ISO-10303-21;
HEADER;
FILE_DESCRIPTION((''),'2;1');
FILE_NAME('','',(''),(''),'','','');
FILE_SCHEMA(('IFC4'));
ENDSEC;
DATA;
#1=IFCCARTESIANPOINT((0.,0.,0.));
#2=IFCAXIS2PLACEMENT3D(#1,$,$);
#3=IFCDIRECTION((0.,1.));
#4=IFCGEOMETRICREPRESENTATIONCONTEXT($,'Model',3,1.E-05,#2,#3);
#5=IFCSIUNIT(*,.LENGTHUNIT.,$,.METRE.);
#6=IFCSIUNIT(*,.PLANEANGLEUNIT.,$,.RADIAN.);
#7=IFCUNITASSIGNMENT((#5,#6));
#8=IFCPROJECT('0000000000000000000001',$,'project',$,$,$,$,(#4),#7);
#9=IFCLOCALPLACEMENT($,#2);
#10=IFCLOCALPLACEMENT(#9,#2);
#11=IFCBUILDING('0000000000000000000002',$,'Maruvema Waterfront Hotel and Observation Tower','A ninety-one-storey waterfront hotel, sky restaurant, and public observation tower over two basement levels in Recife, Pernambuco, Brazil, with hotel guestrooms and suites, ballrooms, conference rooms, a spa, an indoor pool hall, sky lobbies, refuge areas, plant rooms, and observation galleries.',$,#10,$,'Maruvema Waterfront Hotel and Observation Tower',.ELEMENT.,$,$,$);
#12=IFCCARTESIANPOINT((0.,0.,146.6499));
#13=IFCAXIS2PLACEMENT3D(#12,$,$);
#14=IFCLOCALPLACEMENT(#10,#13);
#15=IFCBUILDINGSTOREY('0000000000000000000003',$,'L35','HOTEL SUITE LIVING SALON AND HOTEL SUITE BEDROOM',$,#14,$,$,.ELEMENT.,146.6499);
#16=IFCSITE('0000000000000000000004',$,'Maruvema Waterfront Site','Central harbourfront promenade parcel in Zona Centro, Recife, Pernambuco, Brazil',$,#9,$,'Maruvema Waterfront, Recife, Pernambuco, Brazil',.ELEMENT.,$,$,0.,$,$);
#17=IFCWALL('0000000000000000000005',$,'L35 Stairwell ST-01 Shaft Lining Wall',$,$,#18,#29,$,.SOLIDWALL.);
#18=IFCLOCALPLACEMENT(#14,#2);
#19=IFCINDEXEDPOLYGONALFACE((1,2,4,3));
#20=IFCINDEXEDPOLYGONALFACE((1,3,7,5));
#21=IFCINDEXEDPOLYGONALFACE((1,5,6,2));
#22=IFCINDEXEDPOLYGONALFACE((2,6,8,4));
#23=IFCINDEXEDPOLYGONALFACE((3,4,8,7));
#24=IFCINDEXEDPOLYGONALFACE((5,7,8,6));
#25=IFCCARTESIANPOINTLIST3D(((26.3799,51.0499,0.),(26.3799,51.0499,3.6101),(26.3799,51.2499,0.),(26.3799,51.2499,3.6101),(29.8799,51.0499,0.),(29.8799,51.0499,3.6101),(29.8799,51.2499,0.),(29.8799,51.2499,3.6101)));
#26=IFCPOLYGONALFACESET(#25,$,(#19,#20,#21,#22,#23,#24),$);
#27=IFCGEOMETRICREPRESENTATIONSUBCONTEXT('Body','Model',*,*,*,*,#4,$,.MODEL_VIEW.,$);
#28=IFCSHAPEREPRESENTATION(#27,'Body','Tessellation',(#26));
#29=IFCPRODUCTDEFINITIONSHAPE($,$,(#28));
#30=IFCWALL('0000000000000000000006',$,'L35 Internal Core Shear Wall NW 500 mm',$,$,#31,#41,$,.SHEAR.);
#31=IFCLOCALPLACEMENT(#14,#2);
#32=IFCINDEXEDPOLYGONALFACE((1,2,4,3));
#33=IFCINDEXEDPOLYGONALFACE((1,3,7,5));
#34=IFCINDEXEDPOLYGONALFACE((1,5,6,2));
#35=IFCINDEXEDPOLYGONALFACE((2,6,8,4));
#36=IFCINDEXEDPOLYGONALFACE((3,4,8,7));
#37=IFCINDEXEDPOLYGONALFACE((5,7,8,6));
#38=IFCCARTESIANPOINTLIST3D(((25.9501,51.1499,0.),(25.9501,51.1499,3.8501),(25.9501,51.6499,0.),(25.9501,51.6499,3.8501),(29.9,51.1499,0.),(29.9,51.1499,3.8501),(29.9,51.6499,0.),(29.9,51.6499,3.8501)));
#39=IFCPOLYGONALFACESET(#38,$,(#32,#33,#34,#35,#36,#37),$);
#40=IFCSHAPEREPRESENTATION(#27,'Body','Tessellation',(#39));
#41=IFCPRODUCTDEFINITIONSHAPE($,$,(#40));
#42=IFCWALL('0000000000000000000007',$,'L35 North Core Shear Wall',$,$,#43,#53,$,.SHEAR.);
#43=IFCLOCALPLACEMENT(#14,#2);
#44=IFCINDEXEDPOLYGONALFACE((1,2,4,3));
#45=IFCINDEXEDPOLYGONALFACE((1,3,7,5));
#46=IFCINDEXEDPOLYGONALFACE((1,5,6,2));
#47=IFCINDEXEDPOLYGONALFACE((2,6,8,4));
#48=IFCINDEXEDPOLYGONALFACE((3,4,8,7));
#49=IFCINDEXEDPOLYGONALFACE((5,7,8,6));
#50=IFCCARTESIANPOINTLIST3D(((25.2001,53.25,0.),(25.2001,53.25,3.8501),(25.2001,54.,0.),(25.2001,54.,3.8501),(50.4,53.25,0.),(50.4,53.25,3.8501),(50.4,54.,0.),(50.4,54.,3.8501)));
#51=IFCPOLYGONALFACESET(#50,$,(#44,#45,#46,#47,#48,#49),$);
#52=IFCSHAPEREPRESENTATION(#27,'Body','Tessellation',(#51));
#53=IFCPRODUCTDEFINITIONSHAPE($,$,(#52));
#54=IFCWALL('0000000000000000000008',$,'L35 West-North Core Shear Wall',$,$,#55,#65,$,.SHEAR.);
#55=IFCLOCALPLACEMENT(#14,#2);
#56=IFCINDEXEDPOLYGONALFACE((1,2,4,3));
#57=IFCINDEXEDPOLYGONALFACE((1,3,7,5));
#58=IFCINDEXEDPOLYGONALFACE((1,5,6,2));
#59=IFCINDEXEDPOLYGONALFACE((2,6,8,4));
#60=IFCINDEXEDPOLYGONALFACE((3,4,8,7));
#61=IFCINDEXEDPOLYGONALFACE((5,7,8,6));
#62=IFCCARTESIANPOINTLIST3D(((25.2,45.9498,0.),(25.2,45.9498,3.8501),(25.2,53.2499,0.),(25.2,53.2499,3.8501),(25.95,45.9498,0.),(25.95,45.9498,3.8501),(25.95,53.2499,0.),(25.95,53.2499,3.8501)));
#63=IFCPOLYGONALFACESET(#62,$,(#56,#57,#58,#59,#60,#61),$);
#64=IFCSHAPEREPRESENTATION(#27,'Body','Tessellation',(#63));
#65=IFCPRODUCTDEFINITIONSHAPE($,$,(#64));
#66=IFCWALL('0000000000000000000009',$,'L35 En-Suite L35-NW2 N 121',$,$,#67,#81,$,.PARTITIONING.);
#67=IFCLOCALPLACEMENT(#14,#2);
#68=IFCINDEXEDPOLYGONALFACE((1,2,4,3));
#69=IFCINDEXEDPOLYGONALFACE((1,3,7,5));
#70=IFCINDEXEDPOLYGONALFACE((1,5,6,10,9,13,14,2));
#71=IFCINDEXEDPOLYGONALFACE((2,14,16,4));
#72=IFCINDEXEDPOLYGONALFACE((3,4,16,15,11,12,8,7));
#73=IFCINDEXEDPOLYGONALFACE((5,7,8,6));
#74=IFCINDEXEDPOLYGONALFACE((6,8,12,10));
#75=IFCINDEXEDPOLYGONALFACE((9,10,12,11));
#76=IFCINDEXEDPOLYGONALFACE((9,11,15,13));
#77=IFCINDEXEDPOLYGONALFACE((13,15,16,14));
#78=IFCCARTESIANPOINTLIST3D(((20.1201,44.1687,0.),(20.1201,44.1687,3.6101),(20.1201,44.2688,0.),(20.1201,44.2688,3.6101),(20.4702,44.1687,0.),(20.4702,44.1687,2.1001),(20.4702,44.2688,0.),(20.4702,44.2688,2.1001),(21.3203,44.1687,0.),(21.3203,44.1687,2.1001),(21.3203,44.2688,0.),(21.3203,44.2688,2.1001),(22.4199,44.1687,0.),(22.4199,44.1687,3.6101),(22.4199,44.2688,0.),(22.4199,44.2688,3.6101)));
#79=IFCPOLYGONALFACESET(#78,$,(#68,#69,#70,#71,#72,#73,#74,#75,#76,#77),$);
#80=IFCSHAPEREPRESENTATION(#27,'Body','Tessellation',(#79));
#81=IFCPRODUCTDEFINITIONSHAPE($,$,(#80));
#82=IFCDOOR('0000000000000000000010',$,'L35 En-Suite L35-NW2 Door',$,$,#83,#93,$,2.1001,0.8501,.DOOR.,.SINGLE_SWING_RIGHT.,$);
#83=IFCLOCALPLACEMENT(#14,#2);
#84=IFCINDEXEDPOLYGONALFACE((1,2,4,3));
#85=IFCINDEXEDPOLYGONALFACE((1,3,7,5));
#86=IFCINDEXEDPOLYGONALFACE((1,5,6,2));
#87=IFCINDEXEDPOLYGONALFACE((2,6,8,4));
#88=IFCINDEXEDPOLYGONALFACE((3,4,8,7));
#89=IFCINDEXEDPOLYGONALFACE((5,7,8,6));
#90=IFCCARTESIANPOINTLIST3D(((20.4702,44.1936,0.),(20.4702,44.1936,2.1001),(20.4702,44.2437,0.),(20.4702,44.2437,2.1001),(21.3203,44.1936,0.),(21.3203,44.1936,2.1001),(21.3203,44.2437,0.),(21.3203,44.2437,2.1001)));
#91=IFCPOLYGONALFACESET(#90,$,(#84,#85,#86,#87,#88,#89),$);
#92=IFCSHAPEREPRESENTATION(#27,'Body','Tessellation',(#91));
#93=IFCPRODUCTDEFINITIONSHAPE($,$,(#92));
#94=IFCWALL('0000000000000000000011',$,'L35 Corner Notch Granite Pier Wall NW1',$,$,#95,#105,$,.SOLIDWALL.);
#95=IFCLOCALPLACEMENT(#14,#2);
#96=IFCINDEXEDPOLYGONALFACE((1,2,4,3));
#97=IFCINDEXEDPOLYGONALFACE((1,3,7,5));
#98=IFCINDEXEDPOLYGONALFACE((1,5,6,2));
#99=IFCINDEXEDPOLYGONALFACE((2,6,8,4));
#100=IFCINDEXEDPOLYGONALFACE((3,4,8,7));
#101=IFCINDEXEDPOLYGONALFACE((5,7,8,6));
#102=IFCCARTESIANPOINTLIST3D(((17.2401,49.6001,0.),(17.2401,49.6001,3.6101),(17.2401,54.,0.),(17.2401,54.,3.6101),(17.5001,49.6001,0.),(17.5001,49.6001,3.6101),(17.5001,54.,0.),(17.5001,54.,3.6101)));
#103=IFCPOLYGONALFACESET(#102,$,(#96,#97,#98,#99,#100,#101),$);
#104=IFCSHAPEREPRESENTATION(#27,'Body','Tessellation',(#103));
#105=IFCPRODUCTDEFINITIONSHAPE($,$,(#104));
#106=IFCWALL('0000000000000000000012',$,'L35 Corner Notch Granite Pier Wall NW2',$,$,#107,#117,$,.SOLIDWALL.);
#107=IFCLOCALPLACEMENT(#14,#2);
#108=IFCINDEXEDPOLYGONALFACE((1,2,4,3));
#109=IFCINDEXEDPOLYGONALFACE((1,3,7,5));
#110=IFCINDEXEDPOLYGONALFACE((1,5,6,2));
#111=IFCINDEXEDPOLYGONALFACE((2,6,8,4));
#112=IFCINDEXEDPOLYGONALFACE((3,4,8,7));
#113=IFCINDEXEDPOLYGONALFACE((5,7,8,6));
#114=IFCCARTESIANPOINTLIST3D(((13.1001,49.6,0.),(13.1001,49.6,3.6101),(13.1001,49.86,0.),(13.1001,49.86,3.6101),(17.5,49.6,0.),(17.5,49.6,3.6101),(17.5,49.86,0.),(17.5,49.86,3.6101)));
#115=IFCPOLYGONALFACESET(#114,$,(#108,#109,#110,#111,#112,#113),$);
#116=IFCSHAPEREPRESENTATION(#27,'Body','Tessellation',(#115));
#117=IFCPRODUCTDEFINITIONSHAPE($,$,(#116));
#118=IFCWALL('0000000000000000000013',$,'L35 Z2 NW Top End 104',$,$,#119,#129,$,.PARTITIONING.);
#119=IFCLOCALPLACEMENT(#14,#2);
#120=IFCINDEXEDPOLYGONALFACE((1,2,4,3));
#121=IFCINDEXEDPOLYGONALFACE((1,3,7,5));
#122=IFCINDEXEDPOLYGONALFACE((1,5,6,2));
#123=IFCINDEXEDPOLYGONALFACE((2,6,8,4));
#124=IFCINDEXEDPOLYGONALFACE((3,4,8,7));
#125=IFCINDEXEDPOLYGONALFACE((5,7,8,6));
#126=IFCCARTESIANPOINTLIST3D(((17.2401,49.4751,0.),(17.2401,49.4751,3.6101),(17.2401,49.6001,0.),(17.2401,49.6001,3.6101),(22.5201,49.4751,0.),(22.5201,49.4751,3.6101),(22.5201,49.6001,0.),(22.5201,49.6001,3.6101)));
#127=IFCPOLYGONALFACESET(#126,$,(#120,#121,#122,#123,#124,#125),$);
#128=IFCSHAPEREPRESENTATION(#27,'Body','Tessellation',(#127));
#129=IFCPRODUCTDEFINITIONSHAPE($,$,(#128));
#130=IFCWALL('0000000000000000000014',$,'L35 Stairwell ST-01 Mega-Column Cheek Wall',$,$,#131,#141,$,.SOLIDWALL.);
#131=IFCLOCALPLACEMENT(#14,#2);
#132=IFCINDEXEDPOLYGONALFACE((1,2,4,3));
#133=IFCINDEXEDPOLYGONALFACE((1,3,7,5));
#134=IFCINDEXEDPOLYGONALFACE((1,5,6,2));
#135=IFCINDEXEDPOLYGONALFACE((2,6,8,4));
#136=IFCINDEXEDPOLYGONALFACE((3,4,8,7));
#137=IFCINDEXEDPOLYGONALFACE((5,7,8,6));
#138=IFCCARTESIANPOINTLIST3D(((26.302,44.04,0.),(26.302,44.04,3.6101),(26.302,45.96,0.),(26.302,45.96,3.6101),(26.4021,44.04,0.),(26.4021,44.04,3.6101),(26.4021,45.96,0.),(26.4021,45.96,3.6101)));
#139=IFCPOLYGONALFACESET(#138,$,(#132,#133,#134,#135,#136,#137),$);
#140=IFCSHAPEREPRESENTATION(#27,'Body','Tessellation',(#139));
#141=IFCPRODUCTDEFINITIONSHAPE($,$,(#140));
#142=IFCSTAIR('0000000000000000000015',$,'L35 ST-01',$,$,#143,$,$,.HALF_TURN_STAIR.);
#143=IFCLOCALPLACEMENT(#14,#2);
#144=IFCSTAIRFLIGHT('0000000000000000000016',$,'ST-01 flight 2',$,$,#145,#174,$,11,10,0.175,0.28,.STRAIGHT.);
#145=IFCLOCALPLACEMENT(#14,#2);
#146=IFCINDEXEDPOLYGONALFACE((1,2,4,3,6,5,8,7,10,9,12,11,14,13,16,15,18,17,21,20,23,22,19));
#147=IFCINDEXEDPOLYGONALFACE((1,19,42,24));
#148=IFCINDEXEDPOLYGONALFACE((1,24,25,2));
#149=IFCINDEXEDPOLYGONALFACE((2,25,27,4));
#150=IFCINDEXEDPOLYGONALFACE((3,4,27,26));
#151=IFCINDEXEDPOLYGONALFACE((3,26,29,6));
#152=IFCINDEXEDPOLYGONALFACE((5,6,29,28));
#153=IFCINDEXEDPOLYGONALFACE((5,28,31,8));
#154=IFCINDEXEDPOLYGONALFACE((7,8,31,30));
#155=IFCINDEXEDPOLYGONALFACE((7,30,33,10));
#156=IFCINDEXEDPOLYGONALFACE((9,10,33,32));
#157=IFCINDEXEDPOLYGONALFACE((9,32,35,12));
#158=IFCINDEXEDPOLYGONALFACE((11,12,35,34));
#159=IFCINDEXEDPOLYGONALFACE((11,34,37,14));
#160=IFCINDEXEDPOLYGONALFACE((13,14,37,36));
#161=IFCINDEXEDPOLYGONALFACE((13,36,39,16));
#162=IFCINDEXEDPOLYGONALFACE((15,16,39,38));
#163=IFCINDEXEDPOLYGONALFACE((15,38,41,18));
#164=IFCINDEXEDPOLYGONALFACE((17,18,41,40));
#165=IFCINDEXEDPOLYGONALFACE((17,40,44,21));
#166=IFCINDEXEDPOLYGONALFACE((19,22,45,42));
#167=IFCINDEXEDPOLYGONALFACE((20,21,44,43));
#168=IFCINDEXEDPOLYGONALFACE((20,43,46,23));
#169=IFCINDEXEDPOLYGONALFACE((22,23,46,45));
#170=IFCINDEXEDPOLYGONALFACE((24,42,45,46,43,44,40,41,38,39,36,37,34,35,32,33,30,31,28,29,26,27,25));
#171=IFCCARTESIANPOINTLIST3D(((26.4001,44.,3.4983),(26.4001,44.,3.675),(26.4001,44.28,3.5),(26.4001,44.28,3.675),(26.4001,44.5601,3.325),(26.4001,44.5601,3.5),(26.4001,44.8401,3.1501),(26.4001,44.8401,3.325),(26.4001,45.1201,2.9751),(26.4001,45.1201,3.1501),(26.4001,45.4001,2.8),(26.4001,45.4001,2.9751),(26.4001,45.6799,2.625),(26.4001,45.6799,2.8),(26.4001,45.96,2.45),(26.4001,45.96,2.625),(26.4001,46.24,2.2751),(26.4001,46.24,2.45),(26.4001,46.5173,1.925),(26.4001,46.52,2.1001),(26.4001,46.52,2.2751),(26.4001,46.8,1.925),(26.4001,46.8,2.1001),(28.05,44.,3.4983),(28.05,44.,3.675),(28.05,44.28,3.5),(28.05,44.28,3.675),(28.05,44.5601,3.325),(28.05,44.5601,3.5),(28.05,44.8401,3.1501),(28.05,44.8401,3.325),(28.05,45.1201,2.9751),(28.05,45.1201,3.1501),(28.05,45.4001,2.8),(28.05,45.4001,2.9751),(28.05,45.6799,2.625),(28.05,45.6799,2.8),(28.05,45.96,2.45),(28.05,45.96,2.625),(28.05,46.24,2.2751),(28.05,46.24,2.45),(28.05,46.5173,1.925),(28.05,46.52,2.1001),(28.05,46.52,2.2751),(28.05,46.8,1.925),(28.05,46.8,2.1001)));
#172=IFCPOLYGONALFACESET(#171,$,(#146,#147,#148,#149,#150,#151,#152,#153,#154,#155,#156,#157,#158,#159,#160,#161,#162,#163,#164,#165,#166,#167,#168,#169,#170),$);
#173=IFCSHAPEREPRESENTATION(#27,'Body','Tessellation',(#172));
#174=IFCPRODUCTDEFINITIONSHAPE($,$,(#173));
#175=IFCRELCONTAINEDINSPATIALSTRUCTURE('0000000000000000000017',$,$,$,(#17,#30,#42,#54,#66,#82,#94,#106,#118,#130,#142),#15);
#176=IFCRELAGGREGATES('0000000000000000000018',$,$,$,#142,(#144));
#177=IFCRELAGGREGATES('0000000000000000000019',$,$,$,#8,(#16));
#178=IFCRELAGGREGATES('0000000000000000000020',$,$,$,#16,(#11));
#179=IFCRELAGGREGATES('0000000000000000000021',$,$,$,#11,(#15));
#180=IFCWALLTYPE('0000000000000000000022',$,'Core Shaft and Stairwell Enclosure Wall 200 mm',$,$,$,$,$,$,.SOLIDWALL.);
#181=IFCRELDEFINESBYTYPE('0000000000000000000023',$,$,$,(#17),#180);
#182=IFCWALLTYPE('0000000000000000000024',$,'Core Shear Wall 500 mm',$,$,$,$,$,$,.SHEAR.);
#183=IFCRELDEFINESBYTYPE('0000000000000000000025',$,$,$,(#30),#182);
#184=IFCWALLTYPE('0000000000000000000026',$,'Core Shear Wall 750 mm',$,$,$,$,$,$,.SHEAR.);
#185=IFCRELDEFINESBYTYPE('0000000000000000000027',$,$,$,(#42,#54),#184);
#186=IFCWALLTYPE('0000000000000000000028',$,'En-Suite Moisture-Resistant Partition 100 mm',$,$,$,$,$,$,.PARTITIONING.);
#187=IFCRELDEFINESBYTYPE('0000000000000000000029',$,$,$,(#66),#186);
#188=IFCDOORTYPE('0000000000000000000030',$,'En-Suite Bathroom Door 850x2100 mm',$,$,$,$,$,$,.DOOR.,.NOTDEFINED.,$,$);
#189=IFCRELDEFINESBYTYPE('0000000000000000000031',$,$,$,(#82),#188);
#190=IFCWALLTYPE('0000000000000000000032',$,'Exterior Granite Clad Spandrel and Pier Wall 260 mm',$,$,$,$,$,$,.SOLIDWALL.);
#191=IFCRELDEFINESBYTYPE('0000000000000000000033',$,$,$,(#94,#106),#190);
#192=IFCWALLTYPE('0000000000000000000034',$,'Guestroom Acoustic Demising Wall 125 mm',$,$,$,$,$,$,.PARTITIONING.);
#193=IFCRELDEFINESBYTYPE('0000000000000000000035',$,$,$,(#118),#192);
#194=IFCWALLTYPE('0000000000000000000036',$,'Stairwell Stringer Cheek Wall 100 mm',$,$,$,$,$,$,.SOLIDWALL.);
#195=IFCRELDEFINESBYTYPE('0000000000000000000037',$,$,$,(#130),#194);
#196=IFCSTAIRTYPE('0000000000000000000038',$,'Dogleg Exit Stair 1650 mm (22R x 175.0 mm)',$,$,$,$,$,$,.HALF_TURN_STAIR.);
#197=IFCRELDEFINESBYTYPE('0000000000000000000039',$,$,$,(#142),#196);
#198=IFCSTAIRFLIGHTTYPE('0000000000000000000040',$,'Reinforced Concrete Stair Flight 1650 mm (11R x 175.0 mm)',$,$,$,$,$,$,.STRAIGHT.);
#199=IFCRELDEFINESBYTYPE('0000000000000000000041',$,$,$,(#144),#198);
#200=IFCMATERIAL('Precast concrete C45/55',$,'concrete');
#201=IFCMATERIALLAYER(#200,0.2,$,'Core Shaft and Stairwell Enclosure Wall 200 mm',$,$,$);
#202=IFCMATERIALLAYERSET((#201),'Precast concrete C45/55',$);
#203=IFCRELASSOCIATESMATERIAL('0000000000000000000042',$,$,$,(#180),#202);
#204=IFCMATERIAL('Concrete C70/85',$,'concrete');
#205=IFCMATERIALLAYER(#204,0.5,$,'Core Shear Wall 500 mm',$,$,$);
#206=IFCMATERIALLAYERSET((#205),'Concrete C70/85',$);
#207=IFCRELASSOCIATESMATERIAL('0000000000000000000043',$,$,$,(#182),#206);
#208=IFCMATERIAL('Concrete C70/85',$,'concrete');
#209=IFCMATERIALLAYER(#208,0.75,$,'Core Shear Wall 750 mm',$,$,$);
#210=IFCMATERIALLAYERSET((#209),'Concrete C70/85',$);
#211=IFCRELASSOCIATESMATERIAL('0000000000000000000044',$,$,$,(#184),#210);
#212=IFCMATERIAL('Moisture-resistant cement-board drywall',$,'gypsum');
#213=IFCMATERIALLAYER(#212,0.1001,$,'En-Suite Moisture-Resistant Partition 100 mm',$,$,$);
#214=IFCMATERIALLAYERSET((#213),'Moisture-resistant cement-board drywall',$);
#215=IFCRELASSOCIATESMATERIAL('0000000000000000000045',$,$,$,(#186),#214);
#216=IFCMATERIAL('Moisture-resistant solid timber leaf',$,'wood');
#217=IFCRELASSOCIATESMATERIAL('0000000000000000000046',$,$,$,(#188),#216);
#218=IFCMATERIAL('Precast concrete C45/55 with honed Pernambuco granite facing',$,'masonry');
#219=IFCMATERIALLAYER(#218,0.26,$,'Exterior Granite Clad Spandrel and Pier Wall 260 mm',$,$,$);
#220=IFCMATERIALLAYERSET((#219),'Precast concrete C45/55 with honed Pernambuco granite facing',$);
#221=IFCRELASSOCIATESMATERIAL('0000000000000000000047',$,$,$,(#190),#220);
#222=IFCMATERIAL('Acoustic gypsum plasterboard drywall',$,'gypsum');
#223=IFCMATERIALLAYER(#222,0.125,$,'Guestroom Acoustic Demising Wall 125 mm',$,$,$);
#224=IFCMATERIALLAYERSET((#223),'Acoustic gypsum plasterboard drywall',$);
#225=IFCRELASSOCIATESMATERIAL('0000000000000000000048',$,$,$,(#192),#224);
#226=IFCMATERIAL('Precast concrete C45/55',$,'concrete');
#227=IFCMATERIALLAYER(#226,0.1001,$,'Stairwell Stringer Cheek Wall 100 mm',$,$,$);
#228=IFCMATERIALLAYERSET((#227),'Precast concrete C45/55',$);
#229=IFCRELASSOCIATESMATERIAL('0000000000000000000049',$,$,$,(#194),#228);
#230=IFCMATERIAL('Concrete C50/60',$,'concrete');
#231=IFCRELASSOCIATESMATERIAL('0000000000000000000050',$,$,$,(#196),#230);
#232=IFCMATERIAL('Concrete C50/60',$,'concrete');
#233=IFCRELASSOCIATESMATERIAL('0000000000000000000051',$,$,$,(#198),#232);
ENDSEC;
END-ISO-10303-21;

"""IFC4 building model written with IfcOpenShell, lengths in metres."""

from ifc_helpers import new_model, si_unit, direction, frame, frame_2d, origin, place, context, subcontext, project, spatial, polyline, rectangle, outline, extrude, material, layer, layer_set, type_object, element, fill, aggregate, save


model = new_model("IFC4")

# Units and contexts
model_context = context("Model", 3, precision=1e-05, world=origin(), true_north=direction((0.0, 1.0)))
body_context = subcontext(model_context, "Body", "Model", "MODEL_VIEW")
ifc_project = project(units=[si_unit("LENGTHUNIT", "METRE"), si_unit("PLANEANGLEUNIT", "RADIAN")], contexts=[model_context])

# Site, building, storey
site_placement = place(None, origin())
site = spatial("IfcSite", under=ifc_project, at=site_placement, Name="Maruvema Waterfront Site", Description="Central harbourfront promenade parcel in Zona Centro, Recife, Pernambuco, Brazil", LongName="Maruvema Waterfront, Recife, Pernambuco, Brazil", CompositionType="ELEMENT", RefElevation=0.0)
building_placement = place(site_placement, origin())
building = spatial("IfcBuilding", under=site, at=building_placement, Name="Maruvema Waterfront Hotel and Observation Tower", Description="A ninety-one-storey waterfront hotel, sky restaurant, and public observation tower over two basement levels in Recife, Pernambuco, Brazil, with hotel guestrooms and suites, ballrooms, conference rooms, a spa, an indoor pool hall, sky lobbies, refuge areas, plant rooms, and observation galleries.", LongName="Maruvema Waterfront Hotel and Observation Tower", CompositionType="ELEMENT")
storey_placement = place(building_placement, frame((0.0, 0.0, 146.6499)))
storey = spatial("IfcBuildingStorey", under=building, at=storey_placement, Name="L35", Description="HOTEL SUITE LIVING SALON AND HOTEL SUITE BEDROOM", CompositionType="ELEMENT", Elevation=146.6499)

# Walls
ifc_material_1 = material(Name="Precast concrete C45/55", Category="concrete")
ifc_layer_1 = layer(ifc_material_1, 0.2, Name="Core Shaft and Stairwell Enclosure Wall 200 mm")
ifc_layer_set_1 = layer_set([ifc_layer_1], Name="Precast concrete C45/55")
wall_type_1 = type_object("IfcWallType", Name="Core Shaft and Stairwell Enclosure Wall 200 mm", PredefinedType="SOLIDWALL", material=ifc_layer_set_1)
wall_1_placement = place(storey_placement, frame((26.3799, 51.1499, 0.0), z_axis=(0.0, 0.0, 1.0), x_axis=(1.0, 0.0, 0.0)))
element("IfcWall", 1, at=wall_1_placement, inside=storey, type_object=wall_type_1, Name="L35 Stairwell ST-01 Shaft Lining Wall", PredefinedType="SOLIDWALL", context=body_context, shape_type="SweptSolid", body=[
    extrude(rectangle(XDim=3.5, YDim=0.2, at=frame_2d((1.75, 0.0))), origin(), (0.0, 0.0, 1.0), 3.6101),
])
ifc_material_2 = material(Name="Concrete C70/85", Category="concrete")
ifc_layer_2 = layer(ifc_material_2, 0.5, Name="Core Shear Wall 500 mm")
ifc_layer_set_2 = layer_set([ifc_layer_2], Name="Concrete C70/85")
wall_type_2 = type_object("IfcWallType", Name="Core Shear Wall 500 mm", PredefinedType="SHEAR", material=ifc_layer_set_2)
wall_2_placement = place(storey_placement, frame((25.95, 51.3999, 0.0), z_axis=(0.0, 0.0, 1.0), x_axis=(1.0, 0.0, 0.0)))
element("IfcWall", 2, at=wall_2_placement, inside=storey, type_object=wall_type_2, Name="L35 Internal Core Shear Wall NW 500 mm", PredefinedType="SHEAR", context=body_context, shape_type="SweptSolid", body=[
    extrude(rectangle(XDim=3.95, YDim=0.5, at=frame_2d((1.9751, 0.0))), origin(), (0.0, 0.0, 1.0), 3.8501),
])
ifc_material_3 = material(Name="Concrete C70/85", Category="concrete")
ifc_layer_3 = layer(ifc_material_3, 0.75, Name="Core Shear Wall 750 mm")
ifc_layer_set_3 = layer_set([ifc_layer_3], Name="Concrete C70/85")
wall_type_3 = type_object("IfcWallType", Name="Core Shear Wall 750 mm", PredefinedType="SHEAR", material=ifc_layer_set_3)
wall_3_placement = place(storey_placement, frame((25.2, 53.625, 0.0), z_axis=(0.0, 0.0, 1.0), x_axis=(1.0, 0.0, 0.0)))
element("IfcWall", 3, at=wall_3_placement, inside=storey, type_object=wall_type_3, Name="L35 North Core Shear Wall", PredefinedType="SHEAR", context=body_context, shape_type="SweptSolid", body=[
    extrude(rectangle(XDim=25.2, YDim=0.75, at=frame_2d((12.6001, 0.0))), origin(), (0.0, 0.0, 1.0), 3.8501),
])
wall_4_placement = place(storey_placement, frame((25.575, 45.95, 0.0), z_axis=(0.0, 0.0, 1.0), x_axis=(0.0, 1.0, 0.0)))
element("IfcWall", 4, at=wall_4_placement, inside=storey, type_object=wall_type_3, Name="L35 West-North Core Shear Wall", PredefinedType="SHEAR", context=body_context, shape_type="SweptSolid", body=[
    extrude(rectangle(XDim=7.3, YDim=0.75, at=frame_2d((3.6499, 0.0))), origin(), (0.0, 0.0, 1.0), 3.8501),
])

# Wall, opening, door
ifc_material_4 = material(Name="Moisture-resistant cement-board drywall", Category="gypsum")
ifc_layer_4 = layer(ifc_material_4, 0.1001, Name="En-Suite Moisture-Resistant Partition 100 mm")
ifc_layer_set_4 = layer_set([ifc_layer_4], Name="Moisture-resistant cement-board drywall")
wall_type_4 = type_object("IfcWallType", Name="En-Suite Moisture-Resistant Partition 100 mm", PredefinedType="PARTITIONING", material=ifc_layer_set_4)
wall_5_placement = place(storey_placement, frame((20.1201, 44.2188, 0.0), z_axis=(0.0, 0.0, 1.0), x_axis=(1.0, 0.0, 0.0)))
wall_5 = element("IfcWall", 5, at=wall_5_placement, inside=storey, type_object=wall_type_4, Name="L35 En-Suite L35-NW2 N 121", PredefinedType="PARTITIONING", context=body_context, shape_type="SweptSolid", body=[
    extrude(rectangle(XDim=2.2998, YDim=0.1001, at=frame_2d((1.1499, 0.0))), origin(), (0.0, 0.0, 1.0), 3.6101),
])
opening_1_placement = place(wall_5_placement, frame((0.3501, 0.0, 0.0)))
opening_1 = element("IfcOpeningElement", 6, at=opening_1_placement, cuts=wall_5, PredefinedType="OPENING", context=body_context, shape_type="SweptSolid", body=[
    extrude(rectangle(XDim=0.8501, YDim=2.1001, at=frame_2d((0.425, 1.05))), frame((0.0, 0.0601, 0.0), z_axis=(0.0, -1.0, 0.0), x_axis=(1.0, 0.0, 0.0)), (0.0, 0.0, 1.0), 0.1201),
])
ifc_material_5 = material(Name="Moisture-resistant solid timber leaf", Category="wood")
door_type_1 = type_object("IfcDoorType", Name="En-Suite Bathroom Door 850x2100 mm", OperationType="NOTDEFINED", PredefinedType="DOOR", material=ifc_material_5)
door_1_placement = place(opening_1_placement, origin())
door_1 = element("IfcDoor", 7, at=door_1_placement, inside=storey, type_object=door_type_1, Name="L35 En-Suite L35-NW2 Door", OperationType="SINGLE_SWING_RIGHT", OverallHeight=2.1001, OverallWidth=0.8501, PredefinedType="DOOR", context=body_context, shape_type="SweptSolid", body=[
    extrude(rectangle(XDim=0.8501, YDim=2.1001, at=frame_2d((0.425, 1.05))), frame((0.0, 0.0249, 0.0), z_axis=(0.0, -1.0, 0.0), x_axis=(1.0, 0.0, 0.0)), (0.0, 0.0, 1.0), 0.05),
])
fill(opening_1, door_1)

# Walls
ifc_material_6 = material(Name="Precast concrete C45/55 with honed Pernambuco granite facing", Category="masonry")
ifc_layer_5 = layer(ifc_material_6, 0.26, Name="Exterior Granite Clad Spandrel and Pier Wall 260 mm")
ifc_layer_set_5 = layer_set([ifc_layer_5], Name="Precast concrete C45/55 with honed Pernambuco granite facing")
wall_type_5 = type_object("IfcWallType", Name="Exterior Granite Clad Spandrel and Pier Wall 260 mm", PredefinedType="SOLIDWALL", material=ifc_layer_set_5)
for number, where, z_axis, x_axis, name in (
    (8, (17.3701, 49.6001, 0.0), (0.0, 0.0, 1.0), (0.0, 1.0, 0.0), "L35 Corner Notch Granite Pier Wall NW1"),
    (9, (13.1001, 49.73, 0.0), (0.0, 0.0, 1.0), (1.0, 0.0, 0.0), "L35 Corner Notch Granite Pier Wall NW2"),
):
    element("IfcWall", number, at=place(storey_placement, frame(where, z_axis=z_axis, x_axis=x_axis)), inside=storey, type_object=wall_type_5, Name=name, PredefinedType="SOLIDWALL", context=body_context, shape_type="SweptSolid", body=[
        extrude(rectangle(XDim=4.3999, YDim=0.26, at=frame_2d((2.2, 0.0))), origin(), (0.0, 0.0, 1.0), 3.6101),
    ])
ifc_material_7 = material(Name="Acoustic gypsum plasterboard drywall", Category="gypsum")
ifc_layer_6 = layer(ifc_material_7, 0.125, Name="Guestroom Acoustic Demising Wall 125 mm")
ifc_layer_set_6 = layer_set([ifc_layer_6], Name="Acoustic gypsum plasterboard drywall")
wall_type_6 = type_object("IfcWallType", Name="Guestroom Acoustic Demising Wall 125 mm", PredefinedType="PARTITIONING", material=ifc_layer_set_6)
wall_6_placement = place(storey_placement, frame((17.24, 49.5376, 0.0), z_axis=(0.0, 0.0, 1.0), x_axis=(1.0, 0.0, 0.0)))
element("IfcWall", 10, at=wall_6_placement, inside=storey, type_object=wall_type_6, Name="L35 Z2 NW Top End 104", PredefinedType="PARTITIONING", context=body_context, shape_type="SweptSolid", body=[
    extrude(rectangle(XDim=5.28, YDim=0.125, at=frame_2d((2.6401, 0.0))), origin(), (0.0, 0.0, 1.0), 3.6101),
])
ifc_material_8 = material(Name="Precast concrete C45/55", Category="concrete")
ifc_layer_7 = layer(ifc_material_8, 0.1001, Name="Stairwell Stringer Cheek Wall 100 mm")
ifc_layer_set_7 = layer_set([ifc_layer_7], Name="Precast concrete C45/55")
wall_type_7 = type_object("IfcWallType", Name="Stairwell Stringer Cheek Wall 100 mm", PredefinedType="SOLIDWALL", material=ifc_layer_set_7)
wall_7_placement = place(storey_placement, frame((26.3521, 44.04, 0.0), z_axis=(0.0, 0.0, 1.0), x_axis=(0.0, 1.0, 0.0)))
element("IfcWall", 11, at=wall_7_placement, inside=storey, type_object=wall_type_7, Name="L35 Stairwell ST-01 Mega-Column Cheek Wall", PredefinedType="SOLIDWALL", context=body_context, shape_type="SweptSolid", body=[
    extrude(rectangle(XDim=1.9199, YDim=0.1001, at=frame_2d((0.96, 0.0))), origin(), (0.0, 0.0, 1.0), 3.6101),
])

# Stair, stair flight
ifc_material_9 = material(Name="Concrete C50/60", Category="concrete")
stair_type = type_object("IfcStairType", Name="Dogleg Exit Stair 1650 mm (22R x 175.0 mm)", PredefinedType="HALF_TURN_STAIR", material=ifc_material_9)
stair_placement = place(storey_placement, origin())
stair = element("IfcStair", 12, at=stair_placement, inside=storey, type_object=stair_type, Name="L35 ST-01", PredefinedType="HALF_TURN_STAIR")
ifc_material_10 = material(Name="Concrete C50/60", Category="concrete")
stair_flight_type = type_object("IfcStairFlightType", Name="Reinforced Concrete Stair Flight 1650 mm (11R x 175.0 mm)", PredefinedType="STRAIGHT", material=ifc_material_10)
stair_flight_placement = place(storey_placement, frame((27.2251, 46.8, 1.925), z_axis=(0.0, 0.0, 1.0), x_axis=(0.0, -1.0, 0.0)))
stair_flight = element("IfcStairFlight", 13, at=stair_flight_placement, type_object=stair_flight_type, Name="ST-01 flight 2", NumberOfRisers=11, NumberOfTreads=10, PredefinedType="STRAIGHT", RiserHeight=0.175, TreadLength=0.28, context=body_context, shape_type="SweptSolid", body=[
    extrude(outline(polyline([(0.0, 0.0), (0.0, 0.175), (0.28, 0.175), (0.28, 0.3501), (0.5601, 0.3501), (0.5601, 0.5249), (0.8401, 0.5249), (0.8401, 0.7), (1.1201, 0.7), (1.1201, 0.875), (1.3999, 0.875), (1.3999, 1.05), (1.6799, 1.05), (1.6799, 1.2251), (1.96, 1.2251), (1.96, 1.3999), (2.24, 1.3999), (2.24, 1.575), (2.52, 1.575), (2.52, 1.75), (2.8, 1.75), (2.8, 1.925), (2.8, 1.5732), (0.2827, 0.0), (0.0, 0.0)])), frame((0.0, 0.825, 0.0), z_axis=(0.0, -1.0, 0.0), x_axis=(1.0, 0.0, 0.0)), (0.0, 0.0, 1.0), 1.6499),
])
aggregate(stair, [stair_flight])

save(model, "model.ifc")
